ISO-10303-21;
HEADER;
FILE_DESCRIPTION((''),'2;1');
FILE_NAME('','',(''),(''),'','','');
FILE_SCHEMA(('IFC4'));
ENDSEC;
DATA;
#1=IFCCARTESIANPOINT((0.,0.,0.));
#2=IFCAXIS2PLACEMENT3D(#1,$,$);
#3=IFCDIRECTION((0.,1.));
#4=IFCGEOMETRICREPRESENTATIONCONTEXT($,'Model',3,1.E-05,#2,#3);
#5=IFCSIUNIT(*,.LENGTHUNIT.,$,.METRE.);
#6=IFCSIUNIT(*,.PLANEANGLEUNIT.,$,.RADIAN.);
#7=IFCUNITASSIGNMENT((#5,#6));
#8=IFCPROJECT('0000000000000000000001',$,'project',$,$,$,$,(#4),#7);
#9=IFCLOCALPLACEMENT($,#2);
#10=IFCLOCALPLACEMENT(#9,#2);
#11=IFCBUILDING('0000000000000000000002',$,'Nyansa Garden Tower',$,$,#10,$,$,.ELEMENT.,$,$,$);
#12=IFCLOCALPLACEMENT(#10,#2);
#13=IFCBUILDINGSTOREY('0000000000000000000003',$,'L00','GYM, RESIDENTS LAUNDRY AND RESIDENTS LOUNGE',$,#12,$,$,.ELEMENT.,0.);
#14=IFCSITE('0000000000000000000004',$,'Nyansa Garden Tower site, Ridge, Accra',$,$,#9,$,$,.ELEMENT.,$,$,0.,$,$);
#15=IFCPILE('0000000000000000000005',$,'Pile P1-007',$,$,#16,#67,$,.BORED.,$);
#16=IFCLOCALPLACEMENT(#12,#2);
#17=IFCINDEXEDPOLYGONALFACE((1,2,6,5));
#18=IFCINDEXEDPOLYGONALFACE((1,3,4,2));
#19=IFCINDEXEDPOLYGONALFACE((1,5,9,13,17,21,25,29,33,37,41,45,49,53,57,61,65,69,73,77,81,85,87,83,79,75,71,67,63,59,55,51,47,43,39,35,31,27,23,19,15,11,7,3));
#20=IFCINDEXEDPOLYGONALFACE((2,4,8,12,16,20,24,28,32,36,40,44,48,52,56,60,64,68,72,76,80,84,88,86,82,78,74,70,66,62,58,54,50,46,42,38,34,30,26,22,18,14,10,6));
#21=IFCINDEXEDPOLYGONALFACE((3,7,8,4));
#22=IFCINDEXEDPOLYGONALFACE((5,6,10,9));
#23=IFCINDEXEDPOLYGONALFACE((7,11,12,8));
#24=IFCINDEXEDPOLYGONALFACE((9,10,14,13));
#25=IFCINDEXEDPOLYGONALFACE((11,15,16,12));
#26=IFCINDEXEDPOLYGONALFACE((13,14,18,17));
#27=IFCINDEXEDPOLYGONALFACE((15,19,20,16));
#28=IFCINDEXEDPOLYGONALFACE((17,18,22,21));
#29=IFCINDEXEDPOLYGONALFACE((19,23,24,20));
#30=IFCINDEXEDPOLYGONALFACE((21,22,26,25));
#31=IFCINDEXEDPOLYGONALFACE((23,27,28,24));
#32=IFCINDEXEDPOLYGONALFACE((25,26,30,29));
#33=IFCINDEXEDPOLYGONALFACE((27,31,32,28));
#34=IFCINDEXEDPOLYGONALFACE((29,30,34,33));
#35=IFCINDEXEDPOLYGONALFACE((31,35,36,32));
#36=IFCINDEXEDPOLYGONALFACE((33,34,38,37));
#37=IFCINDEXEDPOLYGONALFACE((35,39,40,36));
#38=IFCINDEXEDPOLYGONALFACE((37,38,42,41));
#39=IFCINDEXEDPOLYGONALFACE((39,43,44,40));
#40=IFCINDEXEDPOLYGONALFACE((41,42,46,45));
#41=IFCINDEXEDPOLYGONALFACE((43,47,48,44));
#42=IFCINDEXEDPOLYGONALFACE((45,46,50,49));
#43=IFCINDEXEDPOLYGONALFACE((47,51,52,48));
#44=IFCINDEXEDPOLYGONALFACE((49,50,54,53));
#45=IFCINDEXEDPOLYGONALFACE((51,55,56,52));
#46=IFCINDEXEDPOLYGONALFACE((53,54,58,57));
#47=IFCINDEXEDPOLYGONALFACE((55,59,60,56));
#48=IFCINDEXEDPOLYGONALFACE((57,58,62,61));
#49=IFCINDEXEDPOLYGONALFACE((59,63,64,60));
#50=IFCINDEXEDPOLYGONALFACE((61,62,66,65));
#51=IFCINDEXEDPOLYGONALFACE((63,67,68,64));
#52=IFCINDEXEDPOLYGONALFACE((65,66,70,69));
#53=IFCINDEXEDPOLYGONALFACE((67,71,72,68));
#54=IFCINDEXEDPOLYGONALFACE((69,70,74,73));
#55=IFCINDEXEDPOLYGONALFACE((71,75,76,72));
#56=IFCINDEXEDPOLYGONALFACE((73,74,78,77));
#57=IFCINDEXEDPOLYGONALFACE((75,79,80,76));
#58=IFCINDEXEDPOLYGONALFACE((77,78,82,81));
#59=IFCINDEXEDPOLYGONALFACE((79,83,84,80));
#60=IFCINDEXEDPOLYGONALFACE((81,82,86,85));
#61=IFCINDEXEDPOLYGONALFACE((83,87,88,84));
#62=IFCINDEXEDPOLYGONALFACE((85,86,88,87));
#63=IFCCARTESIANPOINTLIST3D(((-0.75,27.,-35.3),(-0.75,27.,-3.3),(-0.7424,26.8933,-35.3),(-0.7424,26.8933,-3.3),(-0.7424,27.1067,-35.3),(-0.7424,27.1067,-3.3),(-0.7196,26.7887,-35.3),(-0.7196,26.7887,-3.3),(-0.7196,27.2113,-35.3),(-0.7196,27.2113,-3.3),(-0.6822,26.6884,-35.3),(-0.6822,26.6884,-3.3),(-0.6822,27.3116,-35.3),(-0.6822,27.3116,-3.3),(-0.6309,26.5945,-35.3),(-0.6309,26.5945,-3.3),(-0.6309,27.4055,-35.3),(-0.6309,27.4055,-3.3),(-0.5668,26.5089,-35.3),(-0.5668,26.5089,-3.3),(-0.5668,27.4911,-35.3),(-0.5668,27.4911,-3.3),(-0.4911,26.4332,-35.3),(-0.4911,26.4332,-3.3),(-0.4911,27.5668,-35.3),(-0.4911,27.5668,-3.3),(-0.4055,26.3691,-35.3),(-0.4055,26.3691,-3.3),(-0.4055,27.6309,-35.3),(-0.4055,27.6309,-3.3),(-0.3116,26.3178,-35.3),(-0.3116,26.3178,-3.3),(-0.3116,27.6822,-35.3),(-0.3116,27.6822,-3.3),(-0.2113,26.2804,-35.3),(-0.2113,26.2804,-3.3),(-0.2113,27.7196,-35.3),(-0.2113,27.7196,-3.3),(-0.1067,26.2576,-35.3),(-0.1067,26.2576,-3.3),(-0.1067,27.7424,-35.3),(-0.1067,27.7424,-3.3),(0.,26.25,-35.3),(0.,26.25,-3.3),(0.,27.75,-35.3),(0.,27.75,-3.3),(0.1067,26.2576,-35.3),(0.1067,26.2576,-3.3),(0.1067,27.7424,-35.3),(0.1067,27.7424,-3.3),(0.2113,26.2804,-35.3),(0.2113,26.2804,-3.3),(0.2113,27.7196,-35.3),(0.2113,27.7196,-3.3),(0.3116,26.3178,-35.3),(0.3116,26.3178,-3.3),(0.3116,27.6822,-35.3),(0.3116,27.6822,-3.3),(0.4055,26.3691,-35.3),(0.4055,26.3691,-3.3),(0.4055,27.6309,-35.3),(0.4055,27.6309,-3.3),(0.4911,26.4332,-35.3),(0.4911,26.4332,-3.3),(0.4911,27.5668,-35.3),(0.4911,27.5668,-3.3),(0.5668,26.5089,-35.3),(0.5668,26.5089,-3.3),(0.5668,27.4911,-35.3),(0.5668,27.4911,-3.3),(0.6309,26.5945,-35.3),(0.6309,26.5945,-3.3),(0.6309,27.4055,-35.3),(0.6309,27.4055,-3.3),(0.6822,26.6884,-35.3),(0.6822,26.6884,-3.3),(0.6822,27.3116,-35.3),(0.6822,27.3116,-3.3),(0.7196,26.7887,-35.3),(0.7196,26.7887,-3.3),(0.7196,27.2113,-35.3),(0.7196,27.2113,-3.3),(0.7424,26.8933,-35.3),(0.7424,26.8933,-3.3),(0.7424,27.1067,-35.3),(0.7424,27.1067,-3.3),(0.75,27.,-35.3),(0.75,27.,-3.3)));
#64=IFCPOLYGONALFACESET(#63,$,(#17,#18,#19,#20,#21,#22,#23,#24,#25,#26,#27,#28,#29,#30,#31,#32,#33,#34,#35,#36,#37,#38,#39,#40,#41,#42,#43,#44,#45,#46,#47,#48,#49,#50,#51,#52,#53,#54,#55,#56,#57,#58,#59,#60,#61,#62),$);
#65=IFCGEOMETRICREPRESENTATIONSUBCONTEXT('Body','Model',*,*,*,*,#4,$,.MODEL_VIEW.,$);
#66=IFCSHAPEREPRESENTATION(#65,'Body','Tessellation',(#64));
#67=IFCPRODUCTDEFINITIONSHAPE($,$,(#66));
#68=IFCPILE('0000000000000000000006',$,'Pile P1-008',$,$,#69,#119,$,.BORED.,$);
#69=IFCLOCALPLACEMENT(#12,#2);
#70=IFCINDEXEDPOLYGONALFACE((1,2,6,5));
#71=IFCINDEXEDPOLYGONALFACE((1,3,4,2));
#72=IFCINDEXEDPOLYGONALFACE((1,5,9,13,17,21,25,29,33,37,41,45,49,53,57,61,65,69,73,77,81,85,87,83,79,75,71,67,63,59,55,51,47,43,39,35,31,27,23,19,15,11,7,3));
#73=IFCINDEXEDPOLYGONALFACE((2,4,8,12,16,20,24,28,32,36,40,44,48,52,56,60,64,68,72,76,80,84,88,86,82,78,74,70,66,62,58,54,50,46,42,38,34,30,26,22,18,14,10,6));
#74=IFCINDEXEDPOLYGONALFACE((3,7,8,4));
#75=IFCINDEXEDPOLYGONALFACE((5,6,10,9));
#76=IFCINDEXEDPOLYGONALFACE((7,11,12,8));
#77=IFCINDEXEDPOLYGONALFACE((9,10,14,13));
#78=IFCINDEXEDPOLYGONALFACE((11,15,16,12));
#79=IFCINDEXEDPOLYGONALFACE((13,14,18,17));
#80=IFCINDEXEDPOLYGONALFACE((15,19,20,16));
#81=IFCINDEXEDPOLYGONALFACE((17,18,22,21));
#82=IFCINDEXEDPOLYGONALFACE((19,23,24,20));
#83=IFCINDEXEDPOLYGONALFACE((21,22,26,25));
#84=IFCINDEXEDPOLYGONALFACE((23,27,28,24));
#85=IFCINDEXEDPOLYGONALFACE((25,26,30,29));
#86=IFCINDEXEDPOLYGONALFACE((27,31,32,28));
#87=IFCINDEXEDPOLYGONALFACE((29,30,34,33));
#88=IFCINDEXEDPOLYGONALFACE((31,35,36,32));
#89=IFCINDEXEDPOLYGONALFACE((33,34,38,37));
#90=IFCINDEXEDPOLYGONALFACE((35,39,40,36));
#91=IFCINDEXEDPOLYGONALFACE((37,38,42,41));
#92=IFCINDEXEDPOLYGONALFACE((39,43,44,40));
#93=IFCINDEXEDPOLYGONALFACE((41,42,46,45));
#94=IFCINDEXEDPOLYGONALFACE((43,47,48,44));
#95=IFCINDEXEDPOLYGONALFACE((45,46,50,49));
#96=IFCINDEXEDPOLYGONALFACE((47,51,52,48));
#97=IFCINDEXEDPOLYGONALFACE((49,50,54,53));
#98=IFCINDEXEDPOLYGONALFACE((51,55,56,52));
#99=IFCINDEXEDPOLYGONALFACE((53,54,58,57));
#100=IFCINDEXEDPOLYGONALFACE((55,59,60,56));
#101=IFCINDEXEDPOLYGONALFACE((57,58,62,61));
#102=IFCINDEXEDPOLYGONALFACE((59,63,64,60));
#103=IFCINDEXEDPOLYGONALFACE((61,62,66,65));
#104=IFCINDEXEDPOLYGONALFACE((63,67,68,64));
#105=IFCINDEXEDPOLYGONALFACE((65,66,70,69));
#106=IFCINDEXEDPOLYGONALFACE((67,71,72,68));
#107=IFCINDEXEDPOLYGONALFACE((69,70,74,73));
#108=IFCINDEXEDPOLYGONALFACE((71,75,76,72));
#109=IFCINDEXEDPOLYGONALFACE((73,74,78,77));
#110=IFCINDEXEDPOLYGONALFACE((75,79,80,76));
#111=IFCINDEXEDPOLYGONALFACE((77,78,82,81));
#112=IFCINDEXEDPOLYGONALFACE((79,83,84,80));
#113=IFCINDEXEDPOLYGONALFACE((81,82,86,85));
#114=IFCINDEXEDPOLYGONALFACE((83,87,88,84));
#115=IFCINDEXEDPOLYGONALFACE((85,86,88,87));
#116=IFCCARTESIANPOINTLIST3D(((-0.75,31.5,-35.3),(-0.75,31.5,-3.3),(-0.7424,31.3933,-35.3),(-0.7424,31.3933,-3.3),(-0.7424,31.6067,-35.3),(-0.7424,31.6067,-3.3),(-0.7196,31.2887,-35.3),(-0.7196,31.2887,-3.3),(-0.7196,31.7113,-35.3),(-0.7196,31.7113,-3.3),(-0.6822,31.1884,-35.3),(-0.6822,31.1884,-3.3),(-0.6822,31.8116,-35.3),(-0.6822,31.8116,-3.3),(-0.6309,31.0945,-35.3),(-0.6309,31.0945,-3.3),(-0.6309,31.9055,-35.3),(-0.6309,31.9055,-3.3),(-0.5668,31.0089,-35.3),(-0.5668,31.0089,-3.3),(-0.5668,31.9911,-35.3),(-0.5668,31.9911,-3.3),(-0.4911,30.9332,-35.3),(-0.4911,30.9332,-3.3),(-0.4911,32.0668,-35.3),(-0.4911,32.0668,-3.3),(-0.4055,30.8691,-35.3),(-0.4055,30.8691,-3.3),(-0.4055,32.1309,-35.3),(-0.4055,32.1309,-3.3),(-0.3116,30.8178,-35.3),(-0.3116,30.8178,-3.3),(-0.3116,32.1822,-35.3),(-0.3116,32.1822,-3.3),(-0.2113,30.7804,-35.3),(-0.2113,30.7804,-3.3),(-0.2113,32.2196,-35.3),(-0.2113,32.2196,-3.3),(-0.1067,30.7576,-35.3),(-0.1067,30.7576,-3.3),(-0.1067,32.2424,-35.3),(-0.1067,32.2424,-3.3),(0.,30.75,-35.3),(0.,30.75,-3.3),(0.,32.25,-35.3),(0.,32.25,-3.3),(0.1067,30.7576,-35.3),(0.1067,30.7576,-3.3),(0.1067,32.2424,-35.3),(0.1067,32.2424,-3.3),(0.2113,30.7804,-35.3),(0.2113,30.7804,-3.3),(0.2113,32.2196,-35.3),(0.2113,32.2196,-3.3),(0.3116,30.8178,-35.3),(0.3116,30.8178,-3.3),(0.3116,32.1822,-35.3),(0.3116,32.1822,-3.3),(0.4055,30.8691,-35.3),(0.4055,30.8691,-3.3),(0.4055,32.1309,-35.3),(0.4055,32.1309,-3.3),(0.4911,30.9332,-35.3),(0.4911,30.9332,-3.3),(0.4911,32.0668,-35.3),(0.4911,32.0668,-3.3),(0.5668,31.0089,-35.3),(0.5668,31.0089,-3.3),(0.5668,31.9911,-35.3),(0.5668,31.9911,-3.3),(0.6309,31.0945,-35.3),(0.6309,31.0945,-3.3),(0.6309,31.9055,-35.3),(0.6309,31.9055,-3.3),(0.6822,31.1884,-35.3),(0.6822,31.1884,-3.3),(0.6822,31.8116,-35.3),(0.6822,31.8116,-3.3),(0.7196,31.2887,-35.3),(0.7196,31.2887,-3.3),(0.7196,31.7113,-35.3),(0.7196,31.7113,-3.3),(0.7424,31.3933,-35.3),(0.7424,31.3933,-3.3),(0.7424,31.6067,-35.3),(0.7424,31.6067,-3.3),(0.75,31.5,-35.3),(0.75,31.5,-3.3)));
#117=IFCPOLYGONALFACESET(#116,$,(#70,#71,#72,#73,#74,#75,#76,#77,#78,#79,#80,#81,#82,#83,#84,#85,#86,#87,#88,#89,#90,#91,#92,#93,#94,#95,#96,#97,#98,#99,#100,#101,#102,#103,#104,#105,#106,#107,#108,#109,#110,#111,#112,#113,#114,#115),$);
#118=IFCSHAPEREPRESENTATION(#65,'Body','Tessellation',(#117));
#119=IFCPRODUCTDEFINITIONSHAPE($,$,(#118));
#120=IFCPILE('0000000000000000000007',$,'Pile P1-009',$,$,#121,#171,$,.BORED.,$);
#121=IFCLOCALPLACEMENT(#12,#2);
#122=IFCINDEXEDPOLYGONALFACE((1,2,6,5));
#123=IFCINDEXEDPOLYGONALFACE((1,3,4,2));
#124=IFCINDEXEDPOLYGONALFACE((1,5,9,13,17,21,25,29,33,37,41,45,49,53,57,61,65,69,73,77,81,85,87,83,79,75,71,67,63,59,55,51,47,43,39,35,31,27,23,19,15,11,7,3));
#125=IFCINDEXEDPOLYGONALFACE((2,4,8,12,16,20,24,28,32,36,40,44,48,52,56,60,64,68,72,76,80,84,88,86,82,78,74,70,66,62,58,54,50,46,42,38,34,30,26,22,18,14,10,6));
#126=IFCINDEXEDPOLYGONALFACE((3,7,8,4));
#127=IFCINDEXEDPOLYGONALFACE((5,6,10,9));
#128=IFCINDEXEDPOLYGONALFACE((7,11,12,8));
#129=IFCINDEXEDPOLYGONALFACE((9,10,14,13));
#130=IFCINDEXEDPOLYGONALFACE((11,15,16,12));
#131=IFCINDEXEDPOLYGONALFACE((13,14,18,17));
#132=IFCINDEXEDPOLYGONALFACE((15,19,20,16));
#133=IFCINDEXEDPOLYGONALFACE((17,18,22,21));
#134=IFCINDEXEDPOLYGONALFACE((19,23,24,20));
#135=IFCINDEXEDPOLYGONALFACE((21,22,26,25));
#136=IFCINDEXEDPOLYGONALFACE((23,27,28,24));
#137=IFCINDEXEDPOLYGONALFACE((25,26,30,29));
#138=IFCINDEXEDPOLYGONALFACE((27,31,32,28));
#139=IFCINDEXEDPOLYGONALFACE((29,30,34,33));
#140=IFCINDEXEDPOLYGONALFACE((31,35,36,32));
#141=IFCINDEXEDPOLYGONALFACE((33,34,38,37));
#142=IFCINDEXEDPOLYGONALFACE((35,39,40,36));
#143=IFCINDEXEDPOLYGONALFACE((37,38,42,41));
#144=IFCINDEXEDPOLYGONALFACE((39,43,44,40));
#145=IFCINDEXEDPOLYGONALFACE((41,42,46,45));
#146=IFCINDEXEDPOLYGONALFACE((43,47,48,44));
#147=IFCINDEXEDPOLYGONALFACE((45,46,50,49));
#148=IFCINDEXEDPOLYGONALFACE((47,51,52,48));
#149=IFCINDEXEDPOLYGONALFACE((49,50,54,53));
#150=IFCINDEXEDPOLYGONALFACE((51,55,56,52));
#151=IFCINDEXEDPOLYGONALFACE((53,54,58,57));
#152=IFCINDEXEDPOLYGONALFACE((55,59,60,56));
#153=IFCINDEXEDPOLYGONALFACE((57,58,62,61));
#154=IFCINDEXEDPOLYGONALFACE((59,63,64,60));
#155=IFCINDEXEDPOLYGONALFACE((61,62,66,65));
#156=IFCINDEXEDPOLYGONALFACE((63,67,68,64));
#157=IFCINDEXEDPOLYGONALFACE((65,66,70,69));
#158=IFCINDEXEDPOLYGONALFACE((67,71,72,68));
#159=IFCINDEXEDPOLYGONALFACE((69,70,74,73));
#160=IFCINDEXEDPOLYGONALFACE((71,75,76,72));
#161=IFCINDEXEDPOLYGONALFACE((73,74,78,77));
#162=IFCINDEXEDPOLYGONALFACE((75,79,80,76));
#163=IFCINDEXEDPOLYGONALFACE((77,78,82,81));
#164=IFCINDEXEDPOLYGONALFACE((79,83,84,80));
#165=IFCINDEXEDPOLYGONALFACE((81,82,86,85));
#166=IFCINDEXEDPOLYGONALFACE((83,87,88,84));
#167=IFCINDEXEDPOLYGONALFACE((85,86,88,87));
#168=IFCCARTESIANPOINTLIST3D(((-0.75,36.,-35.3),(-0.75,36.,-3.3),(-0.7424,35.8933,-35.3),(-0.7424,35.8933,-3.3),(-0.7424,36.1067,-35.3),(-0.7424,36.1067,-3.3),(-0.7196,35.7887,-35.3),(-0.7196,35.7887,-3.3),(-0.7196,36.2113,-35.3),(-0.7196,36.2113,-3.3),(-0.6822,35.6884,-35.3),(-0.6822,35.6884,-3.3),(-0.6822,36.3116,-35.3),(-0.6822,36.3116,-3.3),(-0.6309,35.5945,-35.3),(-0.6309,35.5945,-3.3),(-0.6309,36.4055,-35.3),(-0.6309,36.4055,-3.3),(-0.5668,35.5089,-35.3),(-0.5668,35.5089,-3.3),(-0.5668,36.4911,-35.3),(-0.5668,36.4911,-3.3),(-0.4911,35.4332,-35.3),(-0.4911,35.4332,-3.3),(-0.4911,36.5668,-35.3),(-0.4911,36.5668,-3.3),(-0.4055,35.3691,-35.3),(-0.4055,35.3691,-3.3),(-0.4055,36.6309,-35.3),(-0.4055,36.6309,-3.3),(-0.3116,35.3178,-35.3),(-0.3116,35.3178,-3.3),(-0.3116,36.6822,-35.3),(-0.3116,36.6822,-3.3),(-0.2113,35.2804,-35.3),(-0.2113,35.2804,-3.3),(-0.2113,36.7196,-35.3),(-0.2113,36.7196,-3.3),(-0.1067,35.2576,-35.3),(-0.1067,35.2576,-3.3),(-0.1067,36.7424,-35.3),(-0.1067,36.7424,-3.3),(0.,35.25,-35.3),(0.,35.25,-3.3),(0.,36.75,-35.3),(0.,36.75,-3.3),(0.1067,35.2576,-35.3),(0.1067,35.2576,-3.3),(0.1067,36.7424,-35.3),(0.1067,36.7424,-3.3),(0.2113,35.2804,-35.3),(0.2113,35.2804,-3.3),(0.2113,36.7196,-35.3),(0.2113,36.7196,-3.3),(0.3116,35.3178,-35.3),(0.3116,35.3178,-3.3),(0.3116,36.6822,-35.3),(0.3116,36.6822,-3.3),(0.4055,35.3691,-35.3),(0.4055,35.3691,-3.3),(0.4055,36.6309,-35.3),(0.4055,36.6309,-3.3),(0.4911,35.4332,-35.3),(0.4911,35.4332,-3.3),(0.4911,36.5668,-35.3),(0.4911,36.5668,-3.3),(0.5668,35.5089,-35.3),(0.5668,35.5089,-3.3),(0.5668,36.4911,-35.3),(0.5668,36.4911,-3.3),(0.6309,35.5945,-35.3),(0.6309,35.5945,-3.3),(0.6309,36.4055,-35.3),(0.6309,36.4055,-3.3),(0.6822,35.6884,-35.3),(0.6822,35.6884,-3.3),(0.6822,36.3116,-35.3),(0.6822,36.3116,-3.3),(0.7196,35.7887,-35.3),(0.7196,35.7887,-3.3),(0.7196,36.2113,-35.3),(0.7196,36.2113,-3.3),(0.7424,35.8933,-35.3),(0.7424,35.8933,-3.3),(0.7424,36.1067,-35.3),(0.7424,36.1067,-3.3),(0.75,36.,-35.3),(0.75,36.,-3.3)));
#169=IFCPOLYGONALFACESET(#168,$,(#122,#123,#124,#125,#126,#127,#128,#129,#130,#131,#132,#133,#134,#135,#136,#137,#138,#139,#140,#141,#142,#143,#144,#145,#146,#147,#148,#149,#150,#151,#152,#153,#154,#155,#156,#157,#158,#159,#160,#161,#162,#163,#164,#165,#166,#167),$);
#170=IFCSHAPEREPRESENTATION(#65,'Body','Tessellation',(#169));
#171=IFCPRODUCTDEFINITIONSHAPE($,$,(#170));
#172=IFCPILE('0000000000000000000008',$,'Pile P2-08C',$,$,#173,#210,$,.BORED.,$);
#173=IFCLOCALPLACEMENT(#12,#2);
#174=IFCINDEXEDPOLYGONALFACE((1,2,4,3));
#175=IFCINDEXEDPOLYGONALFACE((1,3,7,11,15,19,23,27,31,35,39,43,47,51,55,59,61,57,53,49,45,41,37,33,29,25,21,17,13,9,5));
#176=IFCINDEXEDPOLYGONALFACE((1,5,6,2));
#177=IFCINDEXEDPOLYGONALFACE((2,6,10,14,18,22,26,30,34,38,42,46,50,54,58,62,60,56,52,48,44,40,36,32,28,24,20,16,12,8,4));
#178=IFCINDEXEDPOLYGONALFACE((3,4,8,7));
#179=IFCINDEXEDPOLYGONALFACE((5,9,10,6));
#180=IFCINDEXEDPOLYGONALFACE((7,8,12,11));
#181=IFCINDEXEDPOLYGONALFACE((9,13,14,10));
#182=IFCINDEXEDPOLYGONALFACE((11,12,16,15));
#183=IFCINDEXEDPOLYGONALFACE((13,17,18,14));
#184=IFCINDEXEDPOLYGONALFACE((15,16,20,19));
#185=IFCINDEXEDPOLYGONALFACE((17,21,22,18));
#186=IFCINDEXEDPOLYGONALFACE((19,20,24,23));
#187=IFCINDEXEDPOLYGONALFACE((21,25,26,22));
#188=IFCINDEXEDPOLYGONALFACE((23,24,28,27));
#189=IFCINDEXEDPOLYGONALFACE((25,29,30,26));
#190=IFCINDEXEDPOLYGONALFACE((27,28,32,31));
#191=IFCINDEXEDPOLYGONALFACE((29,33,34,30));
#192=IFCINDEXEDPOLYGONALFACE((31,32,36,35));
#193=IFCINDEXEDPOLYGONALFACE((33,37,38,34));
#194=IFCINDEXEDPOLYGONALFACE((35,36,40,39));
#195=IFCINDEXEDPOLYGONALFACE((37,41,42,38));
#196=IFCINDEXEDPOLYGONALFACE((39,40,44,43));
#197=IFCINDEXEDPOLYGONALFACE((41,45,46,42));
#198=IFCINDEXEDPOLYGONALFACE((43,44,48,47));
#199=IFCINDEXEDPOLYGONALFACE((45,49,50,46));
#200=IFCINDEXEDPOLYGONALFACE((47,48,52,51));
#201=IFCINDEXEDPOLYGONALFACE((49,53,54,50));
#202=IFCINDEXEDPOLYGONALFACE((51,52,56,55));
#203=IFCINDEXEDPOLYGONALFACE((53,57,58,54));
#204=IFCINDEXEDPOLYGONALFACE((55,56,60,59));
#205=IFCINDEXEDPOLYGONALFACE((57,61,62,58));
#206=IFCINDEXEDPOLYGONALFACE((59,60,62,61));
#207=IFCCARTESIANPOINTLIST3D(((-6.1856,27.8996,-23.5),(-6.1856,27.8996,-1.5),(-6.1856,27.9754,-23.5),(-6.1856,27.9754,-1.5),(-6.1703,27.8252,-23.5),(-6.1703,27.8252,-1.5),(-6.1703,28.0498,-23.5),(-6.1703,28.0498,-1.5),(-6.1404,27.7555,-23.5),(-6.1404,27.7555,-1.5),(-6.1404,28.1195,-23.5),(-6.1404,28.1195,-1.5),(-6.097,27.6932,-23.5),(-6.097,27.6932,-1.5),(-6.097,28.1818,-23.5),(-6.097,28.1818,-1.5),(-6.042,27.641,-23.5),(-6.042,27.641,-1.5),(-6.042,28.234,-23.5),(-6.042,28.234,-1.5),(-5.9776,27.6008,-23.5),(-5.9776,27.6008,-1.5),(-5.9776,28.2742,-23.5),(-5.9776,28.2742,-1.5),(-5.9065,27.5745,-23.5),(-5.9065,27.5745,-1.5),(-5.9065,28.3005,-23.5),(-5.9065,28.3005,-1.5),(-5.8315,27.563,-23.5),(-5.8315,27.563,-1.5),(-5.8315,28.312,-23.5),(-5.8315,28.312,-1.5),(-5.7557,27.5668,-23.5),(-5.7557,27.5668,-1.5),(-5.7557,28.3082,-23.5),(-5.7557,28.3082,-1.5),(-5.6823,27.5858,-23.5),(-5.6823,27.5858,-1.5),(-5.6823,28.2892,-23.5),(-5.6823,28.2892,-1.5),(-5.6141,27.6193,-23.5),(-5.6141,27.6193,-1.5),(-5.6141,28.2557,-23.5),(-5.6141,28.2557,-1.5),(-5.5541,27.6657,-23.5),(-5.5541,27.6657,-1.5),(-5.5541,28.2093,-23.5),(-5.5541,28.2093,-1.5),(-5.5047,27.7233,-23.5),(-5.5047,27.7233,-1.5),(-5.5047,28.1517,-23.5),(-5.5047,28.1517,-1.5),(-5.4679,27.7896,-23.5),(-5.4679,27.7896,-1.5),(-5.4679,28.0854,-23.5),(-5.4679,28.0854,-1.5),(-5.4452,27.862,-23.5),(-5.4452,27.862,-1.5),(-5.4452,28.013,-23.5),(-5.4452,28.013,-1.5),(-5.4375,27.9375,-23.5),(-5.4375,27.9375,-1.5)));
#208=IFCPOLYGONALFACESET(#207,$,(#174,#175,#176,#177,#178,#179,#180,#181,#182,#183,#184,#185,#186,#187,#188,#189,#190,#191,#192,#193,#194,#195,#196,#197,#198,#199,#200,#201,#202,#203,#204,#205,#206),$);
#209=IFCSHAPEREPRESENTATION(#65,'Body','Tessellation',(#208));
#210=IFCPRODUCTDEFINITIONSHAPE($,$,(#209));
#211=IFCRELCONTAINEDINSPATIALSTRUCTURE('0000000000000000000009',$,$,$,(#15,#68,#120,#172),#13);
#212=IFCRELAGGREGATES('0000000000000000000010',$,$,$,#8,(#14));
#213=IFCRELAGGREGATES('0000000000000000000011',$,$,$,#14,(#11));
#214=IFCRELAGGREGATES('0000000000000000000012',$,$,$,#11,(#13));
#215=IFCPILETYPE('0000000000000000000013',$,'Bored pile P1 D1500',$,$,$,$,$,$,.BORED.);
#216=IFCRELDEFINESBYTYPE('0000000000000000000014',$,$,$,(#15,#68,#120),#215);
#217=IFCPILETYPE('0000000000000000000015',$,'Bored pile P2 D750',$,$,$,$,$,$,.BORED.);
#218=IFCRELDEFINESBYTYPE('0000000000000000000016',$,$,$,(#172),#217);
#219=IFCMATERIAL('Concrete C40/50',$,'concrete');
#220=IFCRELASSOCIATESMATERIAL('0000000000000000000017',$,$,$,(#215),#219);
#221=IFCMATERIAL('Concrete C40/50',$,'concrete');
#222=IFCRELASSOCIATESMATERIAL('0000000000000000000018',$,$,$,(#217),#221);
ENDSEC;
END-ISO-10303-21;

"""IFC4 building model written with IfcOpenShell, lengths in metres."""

from ifc_helpers import new_model, si_unit, direction, frame, origin, origin_2d, place, context, subcontext, project, spatial, circle, extrude, material, type_object, element, save


model = new_model("IFC4")

# Units and contexts
model_context = context("Model", 3, precision=1e-05, world=origin(), true_north=direction((0.0, 1.0)))
body_context = subcontext(model_context, "Body", "Model", "MODEL_VIEW")
ifc_project = project(units=[si_unit("LENGTHUNIT", "METRE"), si_unit("PLANEANGLEUNIT", "RADIAN")], contexts=[model_context])

# Site, building, storey
site_placement = place(None, origin())
site = spatial("IfcSite", under=ifc_project, at=site_placement, Name="Nyansa Garden Tower site, Ridge, Accra", CompositionType="ELEMENT", RefElevation=0.0)
building_placement = place(site_placement, origin())
building = spatial("IfcBuilding", under=site, at=building_placement, Name="Nyansa Garden Tower", CompositionType="ELEMENT")
storey_placement = place(building_placement, origin())
storey = spatial("IfcBuildingStorey", under=building, at=storey_placement, Name="L00", Description="GYM, RESIDENTS LAUNDRY AND RESIDENTS LOUNGE", CompositionType="ELEMENT", Elevation=0.0)

# Piles
ifc_material_1 = material(Name="Concrete C40/50", Category="concrete")
pile_type_1 = type_object("IfcPileType", Name="Bored pile P1 D1500", PredefinedType="BORED", material=ifc_material_1)
for number, where, z_axis, x_axis, name in (
    (1, (0.0, 27.0, -3.3), (0.0, 0.0, -1.0), (1.0, 0.0, 0.0), "Pile P1-007"),
    (2, (0.0, 31.5, -3.3), (0.0, 0.0, -1.0), (1.0, 0.0, 0.0), "Pile P1-008"),
    (3, (0.0, 36.0, -3.3), (0.0, 0.0, -1.0), (1.0, 0.0, 0.0), "Pile P1-009"),
):
    element("IfcPile", number, at=place(storey_placement, frame(where, z_axis=z_axis, x_axis=x_axis)), inside=storey, type_object=pile_type_1, Name=name, PredefinedType="BORED", context=body_context, shape_type="SweptSolid", body=[
        extrude(circle(Radius=0.75, at=origin_2d()), origin(), (0.0, 0.0, 1.0), 32.0),
    ])
ifc_material_2 = material(Name="Concrete C40/50", Category="concrete")
pile_type_2 = type_object("IfcPileType", Name="Bored pile P2 D750", PredefinedType="BORED", material=ifc_material_2)
for number, where, z_axis, x_axis, name in (
    (4, (-5.8125, 27.9375, -1.5), (0.0, 0.0, -1.0), (1.0, 0.0, 0.0), "Pile P2-08C"),
):
    element("IfcPile", number, at=place(storey_placement, frame(where, z_axis=z_axis, x_axis=x_axis)), inside=storey, type_object=pile_type_2, Name=name, PredefinedType="BORED", context=body_context, shape_type="SweptSolid", body=[
        extrude(circle(Radius=0.375, at=origin_2d()), origin(), (0.0, 0.0, 1.0), 22.0),
    ])

save(model, "model.ifc")
